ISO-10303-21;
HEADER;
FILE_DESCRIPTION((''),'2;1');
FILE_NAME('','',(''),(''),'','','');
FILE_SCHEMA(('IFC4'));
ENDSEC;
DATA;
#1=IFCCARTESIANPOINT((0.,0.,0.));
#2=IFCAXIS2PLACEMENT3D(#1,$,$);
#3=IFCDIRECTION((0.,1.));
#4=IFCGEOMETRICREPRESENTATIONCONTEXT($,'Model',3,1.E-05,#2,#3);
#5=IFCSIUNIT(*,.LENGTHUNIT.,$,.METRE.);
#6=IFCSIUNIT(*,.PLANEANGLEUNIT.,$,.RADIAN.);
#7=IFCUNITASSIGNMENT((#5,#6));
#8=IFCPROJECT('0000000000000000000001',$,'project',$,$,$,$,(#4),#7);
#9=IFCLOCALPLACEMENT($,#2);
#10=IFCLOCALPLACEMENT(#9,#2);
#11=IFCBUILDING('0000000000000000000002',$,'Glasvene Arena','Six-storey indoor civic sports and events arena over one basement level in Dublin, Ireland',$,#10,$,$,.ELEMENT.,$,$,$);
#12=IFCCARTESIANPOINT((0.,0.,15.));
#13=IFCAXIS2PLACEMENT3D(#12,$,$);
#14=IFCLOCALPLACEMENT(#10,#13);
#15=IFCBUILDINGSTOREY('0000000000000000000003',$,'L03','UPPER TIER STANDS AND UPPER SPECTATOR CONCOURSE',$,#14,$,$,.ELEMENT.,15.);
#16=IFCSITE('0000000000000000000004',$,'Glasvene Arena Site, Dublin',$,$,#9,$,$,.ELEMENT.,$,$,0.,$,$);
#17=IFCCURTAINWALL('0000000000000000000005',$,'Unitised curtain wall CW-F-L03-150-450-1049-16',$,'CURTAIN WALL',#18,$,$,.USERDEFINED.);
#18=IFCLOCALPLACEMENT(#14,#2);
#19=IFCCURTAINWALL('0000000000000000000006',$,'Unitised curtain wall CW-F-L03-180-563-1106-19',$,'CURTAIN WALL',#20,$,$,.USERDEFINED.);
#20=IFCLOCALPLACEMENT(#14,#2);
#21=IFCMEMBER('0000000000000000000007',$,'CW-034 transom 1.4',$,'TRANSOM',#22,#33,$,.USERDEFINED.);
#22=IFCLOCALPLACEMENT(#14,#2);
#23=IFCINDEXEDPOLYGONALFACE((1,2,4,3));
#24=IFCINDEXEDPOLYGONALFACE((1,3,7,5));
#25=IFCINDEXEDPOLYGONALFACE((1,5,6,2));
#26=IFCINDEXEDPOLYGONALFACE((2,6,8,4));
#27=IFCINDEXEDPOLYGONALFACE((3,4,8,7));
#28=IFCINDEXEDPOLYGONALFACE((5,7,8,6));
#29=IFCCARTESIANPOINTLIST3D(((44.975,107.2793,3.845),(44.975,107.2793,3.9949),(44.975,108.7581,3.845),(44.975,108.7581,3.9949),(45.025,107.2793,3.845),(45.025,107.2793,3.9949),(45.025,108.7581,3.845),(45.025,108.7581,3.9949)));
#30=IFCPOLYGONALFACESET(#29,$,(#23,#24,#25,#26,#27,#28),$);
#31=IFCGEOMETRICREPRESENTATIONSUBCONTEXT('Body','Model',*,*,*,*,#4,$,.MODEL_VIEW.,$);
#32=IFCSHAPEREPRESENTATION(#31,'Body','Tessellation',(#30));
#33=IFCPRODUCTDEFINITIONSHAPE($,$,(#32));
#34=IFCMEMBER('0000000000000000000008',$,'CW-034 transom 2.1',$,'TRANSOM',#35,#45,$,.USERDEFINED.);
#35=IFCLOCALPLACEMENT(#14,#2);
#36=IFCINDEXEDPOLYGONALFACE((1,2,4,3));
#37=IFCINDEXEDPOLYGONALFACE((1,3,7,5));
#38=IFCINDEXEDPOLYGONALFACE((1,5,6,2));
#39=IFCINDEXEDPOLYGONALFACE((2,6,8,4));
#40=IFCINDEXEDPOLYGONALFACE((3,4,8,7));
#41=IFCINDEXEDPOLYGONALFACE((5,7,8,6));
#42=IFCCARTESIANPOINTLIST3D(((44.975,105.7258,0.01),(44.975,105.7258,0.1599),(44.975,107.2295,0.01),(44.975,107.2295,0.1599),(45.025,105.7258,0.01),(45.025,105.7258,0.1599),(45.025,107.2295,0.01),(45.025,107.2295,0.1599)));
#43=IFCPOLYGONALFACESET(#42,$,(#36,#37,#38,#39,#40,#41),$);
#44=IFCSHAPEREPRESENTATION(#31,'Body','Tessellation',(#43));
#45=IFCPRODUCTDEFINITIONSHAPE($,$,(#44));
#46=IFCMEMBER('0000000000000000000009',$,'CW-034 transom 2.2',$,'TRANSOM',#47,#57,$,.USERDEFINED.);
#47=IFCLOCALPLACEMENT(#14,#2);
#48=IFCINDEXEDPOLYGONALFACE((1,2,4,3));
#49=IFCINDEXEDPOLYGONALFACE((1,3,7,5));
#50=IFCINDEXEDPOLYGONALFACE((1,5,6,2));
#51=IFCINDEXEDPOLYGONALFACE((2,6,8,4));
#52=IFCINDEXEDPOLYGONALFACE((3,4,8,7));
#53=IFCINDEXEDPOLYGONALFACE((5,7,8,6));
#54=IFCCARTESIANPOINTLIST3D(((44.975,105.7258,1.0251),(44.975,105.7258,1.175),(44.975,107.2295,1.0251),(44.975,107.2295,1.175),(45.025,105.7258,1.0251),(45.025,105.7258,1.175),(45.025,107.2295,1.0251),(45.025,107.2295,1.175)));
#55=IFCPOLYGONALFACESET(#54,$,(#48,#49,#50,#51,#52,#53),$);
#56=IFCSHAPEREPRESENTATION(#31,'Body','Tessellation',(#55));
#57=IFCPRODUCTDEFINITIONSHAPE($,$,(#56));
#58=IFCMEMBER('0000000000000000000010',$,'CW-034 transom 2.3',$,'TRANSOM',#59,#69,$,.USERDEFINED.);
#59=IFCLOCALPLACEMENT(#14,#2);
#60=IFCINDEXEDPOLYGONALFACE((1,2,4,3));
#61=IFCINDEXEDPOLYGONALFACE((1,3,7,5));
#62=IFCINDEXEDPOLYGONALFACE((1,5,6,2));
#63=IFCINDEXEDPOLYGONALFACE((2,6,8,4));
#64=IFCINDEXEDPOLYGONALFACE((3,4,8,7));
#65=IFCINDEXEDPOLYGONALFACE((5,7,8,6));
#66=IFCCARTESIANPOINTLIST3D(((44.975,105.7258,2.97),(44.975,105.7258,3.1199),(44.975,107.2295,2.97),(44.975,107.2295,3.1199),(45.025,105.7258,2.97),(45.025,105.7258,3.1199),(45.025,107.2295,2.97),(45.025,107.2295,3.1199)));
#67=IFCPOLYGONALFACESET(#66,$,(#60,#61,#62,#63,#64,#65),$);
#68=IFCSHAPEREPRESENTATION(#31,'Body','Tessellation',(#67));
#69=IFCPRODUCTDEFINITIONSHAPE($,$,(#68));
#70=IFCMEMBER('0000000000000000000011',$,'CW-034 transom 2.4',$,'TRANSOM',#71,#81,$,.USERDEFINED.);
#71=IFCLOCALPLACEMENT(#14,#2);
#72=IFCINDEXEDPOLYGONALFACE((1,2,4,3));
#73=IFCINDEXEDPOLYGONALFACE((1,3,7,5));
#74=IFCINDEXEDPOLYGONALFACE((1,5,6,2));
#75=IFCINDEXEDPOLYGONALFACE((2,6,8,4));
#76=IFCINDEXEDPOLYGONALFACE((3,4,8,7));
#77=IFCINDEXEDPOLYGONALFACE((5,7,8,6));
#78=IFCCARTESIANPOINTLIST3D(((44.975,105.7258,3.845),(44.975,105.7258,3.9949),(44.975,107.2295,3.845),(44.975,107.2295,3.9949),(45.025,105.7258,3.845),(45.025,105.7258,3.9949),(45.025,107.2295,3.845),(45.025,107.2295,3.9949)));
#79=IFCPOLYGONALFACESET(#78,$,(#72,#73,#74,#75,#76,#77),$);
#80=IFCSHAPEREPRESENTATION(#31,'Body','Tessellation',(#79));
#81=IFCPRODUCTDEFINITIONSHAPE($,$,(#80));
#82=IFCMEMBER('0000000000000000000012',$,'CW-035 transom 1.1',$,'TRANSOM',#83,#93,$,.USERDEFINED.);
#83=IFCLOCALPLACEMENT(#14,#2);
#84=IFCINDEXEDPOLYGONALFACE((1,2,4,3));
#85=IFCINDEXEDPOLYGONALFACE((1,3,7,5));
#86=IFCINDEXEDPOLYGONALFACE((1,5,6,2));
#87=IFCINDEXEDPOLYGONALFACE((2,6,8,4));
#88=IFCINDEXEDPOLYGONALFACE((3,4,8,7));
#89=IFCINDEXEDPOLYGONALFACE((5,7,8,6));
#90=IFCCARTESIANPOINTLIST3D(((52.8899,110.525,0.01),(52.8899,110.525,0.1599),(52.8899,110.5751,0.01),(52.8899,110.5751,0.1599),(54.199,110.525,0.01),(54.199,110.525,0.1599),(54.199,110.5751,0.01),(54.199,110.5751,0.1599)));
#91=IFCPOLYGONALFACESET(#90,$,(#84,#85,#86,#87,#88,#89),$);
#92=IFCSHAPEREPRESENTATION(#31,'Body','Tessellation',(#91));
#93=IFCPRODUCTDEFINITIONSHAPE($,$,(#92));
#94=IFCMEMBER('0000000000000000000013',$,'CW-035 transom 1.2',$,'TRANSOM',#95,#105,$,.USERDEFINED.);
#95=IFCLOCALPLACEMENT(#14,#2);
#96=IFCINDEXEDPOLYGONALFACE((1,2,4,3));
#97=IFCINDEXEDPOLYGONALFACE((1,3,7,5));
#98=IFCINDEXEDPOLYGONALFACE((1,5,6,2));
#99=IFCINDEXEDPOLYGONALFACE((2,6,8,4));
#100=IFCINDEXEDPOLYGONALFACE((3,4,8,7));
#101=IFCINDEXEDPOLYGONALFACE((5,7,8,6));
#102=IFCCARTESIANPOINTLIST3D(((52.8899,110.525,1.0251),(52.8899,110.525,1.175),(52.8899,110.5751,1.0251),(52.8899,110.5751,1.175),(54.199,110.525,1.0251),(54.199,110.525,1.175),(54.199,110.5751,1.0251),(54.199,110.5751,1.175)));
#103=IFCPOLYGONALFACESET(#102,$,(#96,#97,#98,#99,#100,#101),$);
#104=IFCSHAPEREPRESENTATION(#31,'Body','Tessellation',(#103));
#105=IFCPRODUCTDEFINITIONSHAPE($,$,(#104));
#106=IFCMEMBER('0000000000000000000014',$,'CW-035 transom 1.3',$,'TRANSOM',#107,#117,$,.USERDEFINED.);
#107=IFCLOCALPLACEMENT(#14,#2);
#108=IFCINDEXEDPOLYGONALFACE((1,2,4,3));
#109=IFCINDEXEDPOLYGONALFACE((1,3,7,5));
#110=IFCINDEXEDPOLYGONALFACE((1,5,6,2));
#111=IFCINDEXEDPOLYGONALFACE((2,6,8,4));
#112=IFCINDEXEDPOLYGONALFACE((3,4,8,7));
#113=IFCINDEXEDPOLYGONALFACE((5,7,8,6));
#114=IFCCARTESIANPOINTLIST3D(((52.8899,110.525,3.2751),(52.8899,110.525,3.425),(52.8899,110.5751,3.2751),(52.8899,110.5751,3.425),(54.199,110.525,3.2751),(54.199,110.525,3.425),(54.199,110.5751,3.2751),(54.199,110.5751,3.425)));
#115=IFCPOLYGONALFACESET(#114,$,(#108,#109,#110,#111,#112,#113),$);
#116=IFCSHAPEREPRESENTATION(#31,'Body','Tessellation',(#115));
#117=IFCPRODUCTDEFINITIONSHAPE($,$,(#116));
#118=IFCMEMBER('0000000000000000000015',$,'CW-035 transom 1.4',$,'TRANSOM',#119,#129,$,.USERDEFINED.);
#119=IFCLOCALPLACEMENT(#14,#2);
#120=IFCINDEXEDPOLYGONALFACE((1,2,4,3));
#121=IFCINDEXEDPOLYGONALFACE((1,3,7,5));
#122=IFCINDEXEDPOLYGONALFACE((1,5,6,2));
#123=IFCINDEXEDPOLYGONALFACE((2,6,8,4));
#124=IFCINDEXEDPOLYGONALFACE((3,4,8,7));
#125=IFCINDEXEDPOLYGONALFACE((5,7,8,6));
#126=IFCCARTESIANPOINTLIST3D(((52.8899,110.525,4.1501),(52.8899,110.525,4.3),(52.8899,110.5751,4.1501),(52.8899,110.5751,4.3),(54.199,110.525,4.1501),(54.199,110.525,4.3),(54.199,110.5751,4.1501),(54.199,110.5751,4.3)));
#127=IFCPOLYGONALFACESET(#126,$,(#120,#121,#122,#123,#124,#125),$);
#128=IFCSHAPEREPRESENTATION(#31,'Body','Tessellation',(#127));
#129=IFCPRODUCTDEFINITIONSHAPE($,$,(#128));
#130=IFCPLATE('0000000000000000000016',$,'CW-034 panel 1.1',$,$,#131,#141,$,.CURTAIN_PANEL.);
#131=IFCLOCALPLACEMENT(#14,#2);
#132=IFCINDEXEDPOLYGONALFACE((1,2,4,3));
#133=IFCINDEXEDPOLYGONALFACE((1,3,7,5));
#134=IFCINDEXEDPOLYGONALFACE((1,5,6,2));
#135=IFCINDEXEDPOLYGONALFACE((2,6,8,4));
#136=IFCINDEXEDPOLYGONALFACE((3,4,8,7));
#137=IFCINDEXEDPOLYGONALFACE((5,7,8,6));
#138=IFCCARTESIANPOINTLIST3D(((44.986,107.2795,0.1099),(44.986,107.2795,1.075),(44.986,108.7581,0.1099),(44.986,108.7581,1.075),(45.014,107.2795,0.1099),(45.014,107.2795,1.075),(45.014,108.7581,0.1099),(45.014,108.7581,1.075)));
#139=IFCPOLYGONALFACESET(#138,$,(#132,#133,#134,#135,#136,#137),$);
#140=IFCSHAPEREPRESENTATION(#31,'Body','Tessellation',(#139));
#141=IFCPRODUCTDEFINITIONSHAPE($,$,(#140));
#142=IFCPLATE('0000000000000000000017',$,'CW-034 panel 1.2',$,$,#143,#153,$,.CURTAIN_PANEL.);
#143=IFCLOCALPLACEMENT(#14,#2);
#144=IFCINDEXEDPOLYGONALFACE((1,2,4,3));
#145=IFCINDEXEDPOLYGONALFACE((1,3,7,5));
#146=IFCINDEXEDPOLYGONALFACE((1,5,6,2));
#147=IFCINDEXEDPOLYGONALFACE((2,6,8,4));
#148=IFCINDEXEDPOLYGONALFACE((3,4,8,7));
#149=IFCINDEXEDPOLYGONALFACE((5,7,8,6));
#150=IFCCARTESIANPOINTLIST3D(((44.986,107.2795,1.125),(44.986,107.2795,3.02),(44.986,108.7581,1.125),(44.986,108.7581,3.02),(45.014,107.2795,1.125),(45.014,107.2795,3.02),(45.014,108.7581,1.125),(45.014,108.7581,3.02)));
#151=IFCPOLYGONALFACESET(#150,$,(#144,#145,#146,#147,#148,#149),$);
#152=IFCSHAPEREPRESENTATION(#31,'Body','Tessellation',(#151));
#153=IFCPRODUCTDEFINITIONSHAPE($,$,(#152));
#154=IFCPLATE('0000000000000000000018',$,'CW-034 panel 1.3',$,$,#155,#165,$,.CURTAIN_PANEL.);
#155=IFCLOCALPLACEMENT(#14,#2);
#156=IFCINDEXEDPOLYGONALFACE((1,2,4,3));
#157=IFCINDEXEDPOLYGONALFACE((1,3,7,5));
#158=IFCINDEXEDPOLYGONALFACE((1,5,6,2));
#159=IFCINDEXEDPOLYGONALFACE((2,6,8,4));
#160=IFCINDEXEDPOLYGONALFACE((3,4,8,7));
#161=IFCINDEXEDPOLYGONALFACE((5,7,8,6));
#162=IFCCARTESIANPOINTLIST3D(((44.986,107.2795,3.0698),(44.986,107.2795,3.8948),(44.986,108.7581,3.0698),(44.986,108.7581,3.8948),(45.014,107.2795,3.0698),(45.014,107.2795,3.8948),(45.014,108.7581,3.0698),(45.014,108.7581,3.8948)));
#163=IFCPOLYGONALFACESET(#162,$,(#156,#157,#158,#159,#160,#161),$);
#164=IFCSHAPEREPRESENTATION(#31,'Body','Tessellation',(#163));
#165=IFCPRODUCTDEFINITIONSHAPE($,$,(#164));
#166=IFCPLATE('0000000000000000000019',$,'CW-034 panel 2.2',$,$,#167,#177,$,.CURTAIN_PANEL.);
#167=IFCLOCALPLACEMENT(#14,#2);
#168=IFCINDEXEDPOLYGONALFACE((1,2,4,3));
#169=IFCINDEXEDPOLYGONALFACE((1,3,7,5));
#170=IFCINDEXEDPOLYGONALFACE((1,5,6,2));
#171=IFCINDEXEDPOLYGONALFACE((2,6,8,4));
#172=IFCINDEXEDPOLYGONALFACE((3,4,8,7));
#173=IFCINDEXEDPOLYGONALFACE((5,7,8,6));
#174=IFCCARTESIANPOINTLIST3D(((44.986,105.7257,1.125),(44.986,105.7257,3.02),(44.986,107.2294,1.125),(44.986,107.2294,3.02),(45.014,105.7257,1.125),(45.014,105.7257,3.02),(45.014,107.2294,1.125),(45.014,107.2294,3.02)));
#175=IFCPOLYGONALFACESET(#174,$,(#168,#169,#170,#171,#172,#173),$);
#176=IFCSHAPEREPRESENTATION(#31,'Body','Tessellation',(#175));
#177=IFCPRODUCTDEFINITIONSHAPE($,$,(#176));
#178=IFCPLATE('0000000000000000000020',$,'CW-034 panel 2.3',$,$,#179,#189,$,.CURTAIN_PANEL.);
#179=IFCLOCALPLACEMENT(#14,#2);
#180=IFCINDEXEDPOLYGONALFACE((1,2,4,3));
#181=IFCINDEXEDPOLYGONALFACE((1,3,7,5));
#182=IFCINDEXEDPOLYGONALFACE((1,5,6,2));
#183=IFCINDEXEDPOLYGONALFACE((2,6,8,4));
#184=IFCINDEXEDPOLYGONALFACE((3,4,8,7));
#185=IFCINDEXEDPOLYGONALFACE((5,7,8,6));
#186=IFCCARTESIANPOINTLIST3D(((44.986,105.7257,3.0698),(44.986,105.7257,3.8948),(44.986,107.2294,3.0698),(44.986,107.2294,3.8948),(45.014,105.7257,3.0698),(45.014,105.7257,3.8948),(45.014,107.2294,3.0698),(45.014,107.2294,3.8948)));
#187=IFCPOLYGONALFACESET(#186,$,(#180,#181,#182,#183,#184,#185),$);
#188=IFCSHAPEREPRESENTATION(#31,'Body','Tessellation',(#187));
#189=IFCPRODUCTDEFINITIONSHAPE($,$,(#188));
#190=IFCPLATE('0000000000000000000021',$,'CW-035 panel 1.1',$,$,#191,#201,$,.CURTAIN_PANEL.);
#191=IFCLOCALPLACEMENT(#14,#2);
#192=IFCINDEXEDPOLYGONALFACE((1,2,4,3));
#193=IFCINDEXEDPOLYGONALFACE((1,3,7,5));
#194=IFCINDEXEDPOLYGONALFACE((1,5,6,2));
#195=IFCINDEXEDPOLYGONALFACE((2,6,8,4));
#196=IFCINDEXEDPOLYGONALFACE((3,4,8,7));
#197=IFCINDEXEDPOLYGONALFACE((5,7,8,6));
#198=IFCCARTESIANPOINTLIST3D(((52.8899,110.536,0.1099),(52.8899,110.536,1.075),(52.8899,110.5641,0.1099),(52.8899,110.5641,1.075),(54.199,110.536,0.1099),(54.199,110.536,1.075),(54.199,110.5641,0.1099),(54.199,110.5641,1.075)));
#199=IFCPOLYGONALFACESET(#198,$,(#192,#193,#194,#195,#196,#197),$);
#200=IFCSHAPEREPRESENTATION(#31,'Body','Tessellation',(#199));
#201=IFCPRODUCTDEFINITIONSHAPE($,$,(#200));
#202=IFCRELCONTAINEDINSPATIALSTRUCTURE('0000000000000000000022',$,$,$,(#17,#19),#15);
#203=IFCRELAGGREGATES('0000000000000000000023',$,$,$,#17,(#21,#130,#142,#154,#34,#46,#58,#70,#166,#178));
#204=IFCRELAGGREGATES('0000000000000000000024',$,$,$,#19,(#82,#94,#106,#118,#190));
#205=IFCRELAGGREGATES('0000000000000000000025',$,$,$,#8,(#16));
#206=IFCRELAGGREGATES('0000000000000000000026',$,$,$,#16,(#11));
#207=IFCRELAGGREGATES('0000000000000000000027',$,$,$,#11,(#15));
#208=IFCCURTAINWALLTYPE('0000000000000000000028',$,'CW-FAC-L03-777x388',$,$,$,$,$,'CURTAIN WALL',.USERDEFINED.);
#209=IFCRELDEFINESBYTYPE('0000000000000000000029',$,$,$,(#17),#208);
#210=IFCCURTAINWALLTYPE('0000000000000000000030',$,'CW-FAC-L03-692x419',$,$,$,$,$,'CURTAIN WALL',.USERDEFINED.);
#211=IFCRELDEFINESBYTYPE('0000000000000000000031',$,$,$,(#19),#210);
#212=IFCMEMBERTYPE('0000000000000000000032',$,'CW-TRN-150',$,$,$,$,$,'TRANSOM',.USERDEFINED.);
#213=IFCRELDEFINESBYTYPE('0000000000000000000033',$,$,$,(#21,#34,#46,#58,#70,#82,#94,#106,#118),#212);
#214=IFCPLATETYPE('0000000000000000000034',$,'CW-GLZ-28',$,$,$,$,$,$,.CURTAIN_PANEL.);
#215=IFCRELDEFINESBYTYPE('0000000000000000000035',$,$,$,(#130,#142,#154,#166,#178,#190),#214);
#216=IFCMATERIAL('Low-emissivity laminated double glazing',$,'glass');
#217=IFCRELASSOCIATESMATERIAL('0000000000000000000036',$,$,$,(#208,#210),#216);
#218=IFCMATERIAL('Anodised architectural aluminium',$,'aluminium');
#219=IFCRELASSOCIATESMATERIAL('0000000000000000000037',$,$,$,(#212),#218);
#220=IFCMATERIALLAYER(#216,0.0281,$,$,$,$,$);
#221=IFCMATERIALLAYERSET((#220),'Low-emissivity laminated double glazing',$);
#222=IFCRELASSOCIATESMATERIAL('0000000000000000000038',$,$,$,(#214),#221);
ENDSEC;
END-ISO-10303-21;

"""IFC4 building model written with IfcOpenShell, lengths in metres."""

from ifc_helpers import new_model, si_unit, direction, frame, origin, origin_2d, place, context, subcontext, project, spatial, rectangle, extrude, material, layer, layer_set, material_profile, profile_set, type_object, element, aggregate, save


model = new_model("IFC4")

# Units and contexts
model_context = context("Model", 3, precision=1e-05, world=origin(), true_north=direction((0.0, 1.0)))
body_context = subcontext(model_context, "Body", "Model", "MODEL_VIEW")
ifc_project = project(units=[si_unit("LENGTHUNIT", "METRE"), si_unit("PLANEANGLEUNIT", "RADIAN")], contexts=[model_context])

# Site, building, storey
site_placement = place(None, origin())
site = spatial("IfcSite", under=ifc_project, at=site_placement, Name="Glasvene Arena Site, Dublin", CompositionType="ELEMENT", RefElevation=0.0)
building_placement = place(site_placement, origin())
building = spatial("IfcBuilding", under=site, at=building_placement, Name="Glasvene Arena", Description="Six-storey indoor civic sports and events arena over one basement level in Dublin, Ireland", CompositionType="ELEMENT")
storey_placement = place(building_placement, frame((0.0, 0.0, 15.0)))
storey = spatial("IfcBuildingStorey", under=building, at=storey_placement, Name="L03", Description="UPPER TIER STANDS AND UPPER SPECTATOR CONCOURSE", CompositionType="ELEMENT", Elevation=15.0)

# Curtain walls
ifc_material_1 = material(Name="Low-emissivity laminated double glazing", Category="glass")
curtain_wall_type_1 = type_object("IfcCurtainWallType", Name="CW-FAC-L03-777x388", ElementType="CURTAIN WALL", PredefinedType="USERDEFINED", material=ifc_material_1)
curtain_wall_1_placement = place(storey_placement, frame((45.0, 108.8081, 0.0)))
curtain_wall_1 = element("IfcCurtainWall", 1, at=curtain_wall_1_placement, inside=storey, type_object=curtain_wall_type_1, Name="Unitised curtain wall CW-F-L03-150-450-1049-16", ObjectType="CURTAIN WALL", PredefinedType="USERDEFINED")
ifc_material_2 = material(Name="Anodised architectural aluminium", Category="aluminium")
curtain_wall_type_2 = type_object("IfcCurtainWallType", Name="CW-FAC-L03-692x419", ElementType="CURTAIN WALL", PredefinedType="USERDEFINED", material=ifc_material_1)
curtain_wall_2_placement = place(storey_placement, frame((52.8401, 110.55, 0.0)))
curtain_wall_2 = element("IfcCurtainWall", 2, at=curtain_wall_2_placement, inside=storey, type_object=curtain_wall_type_2, Name="Unitised curtain wall CW-F-L03-180-563-1106-19", ObjectType="CURTAIN WALL", PredefinedType="USERDEFINED")

# Members
ifc_material_profile_1 = material_profile(ifc_material_2, rectangle(XDim=0.05, YDim=0.1499, at=origin_2d()), Name="ALU TRANSOM 50x150")
ifc_profile_set_1 = profile_set([ifc_material_profile_1], Name="Anodised architectural aluminium")
member_type_1 = type_object("IfcMemberType", Name="CW-TRN-150", ElementType="TRANSOM", PredefinedType="USERDEFINED", material=ifc_profile_set_1)
member_1_placement = place(storey_placement, frame((45.0, 108.7581, 3.9199), z_axis=(0.0, -1.0, 0.0), x_axis=(1.0, 0.0, 0.0)))
member_1 = element("IfcMember", 3, at=member_1_placement, type_object=member_type_1, Name="CW-034 transom 1.4", ObjectType="TRANSOM", PredefinedType="USERDEFINED", context=body_context, shape_type="SweptSolid", body=[
    extrude(rectangle(XDim=0.05, YDim=0.1499, at=origin_2d()), origin(), (0.0, 0.0, 1.0), 1.4788),
])
member_2_placement = place(storey_placement, frame((45.0, 107.2295, 0.085), z_axis=(0.0, -1.0, 0.0), x_axis=(1.0, 0.0, 0.0)))
member_2 = element("IfcMember", 4, at=member_2_placement, type_object=member_type_1, Name="CW-034 transom 2.1", ObjectType="TRANSOM", PredefinedType="USERDEFINED", context=body_context, shape_type="SweptSolid", body=[
    extrude(rectangle(XDim=0.05, YDim=0.1499, at=origin_2d()), origin(), (0.0, 0.0, 1.0), 1.5037),
])
member_3_placement = place(storey_placement, frame((45.0, 107.2295, 1.1001), z_axis=(0.0, -1.0, 0.0), x_axis=(1.0, 0.0, 0.0)))
member_3 = element("IfcMember", 5, at=member_3_placement, type_object=member_type_1, Name="CW-034 transom 2.2", ObjectType="TRANSOM", PredefinedType="USERDEFINED", context=body_context, shape_type="SweptSolid", body=[
    extrude(rectangle(XDim=0.05, YDim=0.1499, at=origin_2d()), origin(), (0.0, 0.0, 1.0), 1.5037),
])
member_4_placement = place(storey_placement, frame((45.0, 107.2295, 3.0449), z_axis=(0.0, -1.0, 0.0), x_axis=(1.0, 0.0, 0.0)))
member_4 = element("IfcMember", 6, at=member_4_placement, type_object=member_type_1, Name="CW-034 transom 2.3", ObjectType="TRANSOM", PredefinedType="USERDEFINED", context=body_context, shape_type="SweptSolid", body=[
    extrude(rectangle(XDim=0.05, YDim=0.1499, at=origin_2d()), origin(), (0.0, 0.0, 1.0), 1.5037),
])
member_5_placement = place(storey_placement, frame((45.0, 107.2295, 3.9199), z_axis=(0.0, -1.0, 0.0), x_axis=(1.0, 0.0, 0.0)))
member_5 = element("IfcMember", 7, at=member_5_placement, type_object=member_type_1, Name="CW-034 transom 2.4", ObjectType="TRANSOM", PredefinedType="USERDEFINED", context=body_context, shape_type="SweptSolid", body=[
    extrude(rectangle(XDim=0.05, YDim=0.1499, at=origin_2d()), origin(), (0.0, 0.0, 1.0), 1.5037),
])
member_6_placement = place(storey_placement, frame((52.8899, 110.55, 0.085), z_axis=(1.0, 0.0, 0.0), x_axis=(0.0, 1.0, 0.0)))
member_6 = element("IfcMember", 8, at=member_6_placement, type_object=member_type_1, Name="CW-035 transom 1.1", ObjectType="TRANSOM", PredefinedType="USERDEFINED", context=body_context, shape_type="SweptSolid", body=[
    extrude(rectangle(XDim=0.05, YDim=0.1499, at=origin_2d()), origin(), (0.0, 0.0, 1.0), 1.3091),
])
member_7_placement = place(storey_placement, frame((52.8899, 110.55, 1.1001), z_axis=(1.0, 0.0, 0.0), x_axis=(0.0, 1.0, 0.0)))
member_7 = element("IfcMember", 9, at=member_7_placement, type_object=member_type_1, Name="CW-035 transom 1.2", ObjectType="TRANSOM", PredefinedType="USERDEFINED", context=body_context, shape_type="SweptSolid", body=[
    extrude(rectangle(XDim=0.05, YDim=0.1499, at=origin_2d()), origin(), (0.0, 0.0, 1.0), 1.3091),
])
member_8_placement = place(storey_placement, frame((52.8899, 110.55, 3.3501), z_axis=(1.0, 0.0, 0.0), x_axis=(0.0, 1.0, 0.0)))
member_8 = element("IfcMember", 10, at=member_8_placement, type_object=member_type_1, Name="CW-035 transom 1.3", ObjectType="TRANSOM", PredefinedType="USERDEFINED", context=body_context, shape_type="SweptSolid", body=[
    extrude(rectangle(XDim=0.05, YDim=0.1499, at=origin_2d()), origin(), (0.0, 0.0, 1.0), 1.3091),
])
member_9_placement = place(storey_placement, frame((52.8899, 110.55, 4.2251), z_axis=(1.0, 0.0, 0.0), x_axis=(0.0, 1.0, 0.0)))
member_9 = element("IfcMember", 11, at=member_9_placement, type_object=member_type_1, Name="CW-035 transom 1.4", ObjectType="TRANSOM", PredefinedType="USERDEFINED", context=body_context, shape_type="SweptSolid", body=[
    extrude(rectangle(XDim=0.05, YDim=0.1499, at=origin_2d()), origin(), (0.0, 0.0, 1.0), 1.3091),
])

# Plates
ifc_layer_1 = layer(ifc_material_1, 0.0281)
ifc_layer_set_1 = layer_set([ifc_layer_1], Name="Low-emissivity laminated double glazing")
plate_type = type_object("IfcPlateType", Name="CW-GLZ-28", PredefinedType="CURTAIN_PANEL", material=ifc_layer_set_1)
plate_1_placement = place(storey_placement, frame((45.0, 108.0188, 0.1099), z_axis=(0.0, 0.0, 1.0), x_axis=(0.0, -1.0, 0.0)))
plate_1 = element("IfcPlate", 12, at=plate_1_placement, type_object=plate_type, Name="CW-034 panel 1.1", PredefinedType="CURTAIN_PANEL", context=body_context, shape_type="SweptSolid", body=[
    extrude(rectangle(XDim=1.4785, YDim=0.0281, at=origin_2d()), origin(), (0.0, 0.0, 1.0), 0.9651),
])
plate_2_placement = place(storey_placement, frame((45.0, 108.0188, 1.125), z_axis=(0.0, 0.0, 1.0), x_axis=(0.0, -1.0, 0.0)))
plate_2 = element("IfcPlate", 13, at=plate_2_placement, type_object=plate_type, Name="CW-034 panel 1.2", PredefinedType="CURTAIN_PANEL", context=body_context, shape_type="SweptSolid", body=[
    extrude(rectangle(XDim=1.4785, YDim=0.0281, at=origin_2d()), origin(), (0.0, 0.0, 1.0), 1.895),
])
plate_3_placement = place(storey_placement, frame((45.0, 108.0188, 3.0698), z_axis=(0.0, 0.0, 1.0), x_axis=(0.0, -1.0, 0.0)))
plate_3 = element("IfcPlate", 14, at=plate_3_placement, type_object=plate_type, Name="CW-034 panel 1.3", PredefinedType="CURTAIN_PANEL", context=body_context, shape_type="SweptSolid", body=[
    extrude(rectangle(XDim=1.4785, YDim=0.0281, at=origin_2d()), origin(), (0.0, 0.0, 1.0), 0.825),
])
plate_4_placement = place(storey_placement, frame((45.0, 106.4775, 1.125), z_axis=(0.0, 0.0, 1.0), x_axis=(0.0, -1.0, 0.0)))
plate_4 = element("IfcPlate", 15, at=plate_4_placement, type_object=plate_type, Name="CW-034 panel 2.2", PredefinedType="CURTAIN_PANEL", context=body_context, shape_type="SweptSolid", body=[
    extrude(rectangle(XDim=1.5037, YDim=0.0281, at=origin_2d()), origin(), (0.0, 0.0, 1.0), 1.895),
])
plate_5_placement = place(storey_placement, frame((45.0, 106.4775, 3.0698), z_axis=(0.0, 0.0, 1.0), x_axis=(0.0, -1.0, 0.0)))
plate_5 = element("IfcPlate", 16, at=plate_5_placement, type_object=plate_type, Name="CW-034 panel 2.3", PredefinedType="CURTAIN_PANEL", context=body_context, shape_type="SweptSolid", body=[
    extrude(rectangle(XDim=1.5037, YDim=0.0281, at=origin_2d()), origin(), (0.0, 0.0, 1.0), 0.825),
])
aggregate(curtain_wall_1, [member_1, plate_1, plate_2, plate_3, member_2, member_3, member_4, member_5, plate_4, plate_5])
plate_6_placement = place(storey_placement, frame((53.5444, 110.55, 0.1099), z_axis=(0.0, 0.0, 1.0), x_axis=(1.0, 0.0, 0.0)))
plate_6 = element("IfcPlate", 17, at=plate_6_placement, type_object=plate_type, Name="CW-035 panel 1.1", PredefinedType="CURTAIN_PANEL", context=body_context, shape_type="SweptSolid", body=[
    extrude(rectangle(XDim=1.3091, YDim=0.0281, at=origin_2d()), origin(), (0.0, 0.0, 1.0), 0.9651),
])
aggregate(curtain_wall_2, [member_6, member_7, member_8, member_9, plate_6])

save(model, "model.ifc")
